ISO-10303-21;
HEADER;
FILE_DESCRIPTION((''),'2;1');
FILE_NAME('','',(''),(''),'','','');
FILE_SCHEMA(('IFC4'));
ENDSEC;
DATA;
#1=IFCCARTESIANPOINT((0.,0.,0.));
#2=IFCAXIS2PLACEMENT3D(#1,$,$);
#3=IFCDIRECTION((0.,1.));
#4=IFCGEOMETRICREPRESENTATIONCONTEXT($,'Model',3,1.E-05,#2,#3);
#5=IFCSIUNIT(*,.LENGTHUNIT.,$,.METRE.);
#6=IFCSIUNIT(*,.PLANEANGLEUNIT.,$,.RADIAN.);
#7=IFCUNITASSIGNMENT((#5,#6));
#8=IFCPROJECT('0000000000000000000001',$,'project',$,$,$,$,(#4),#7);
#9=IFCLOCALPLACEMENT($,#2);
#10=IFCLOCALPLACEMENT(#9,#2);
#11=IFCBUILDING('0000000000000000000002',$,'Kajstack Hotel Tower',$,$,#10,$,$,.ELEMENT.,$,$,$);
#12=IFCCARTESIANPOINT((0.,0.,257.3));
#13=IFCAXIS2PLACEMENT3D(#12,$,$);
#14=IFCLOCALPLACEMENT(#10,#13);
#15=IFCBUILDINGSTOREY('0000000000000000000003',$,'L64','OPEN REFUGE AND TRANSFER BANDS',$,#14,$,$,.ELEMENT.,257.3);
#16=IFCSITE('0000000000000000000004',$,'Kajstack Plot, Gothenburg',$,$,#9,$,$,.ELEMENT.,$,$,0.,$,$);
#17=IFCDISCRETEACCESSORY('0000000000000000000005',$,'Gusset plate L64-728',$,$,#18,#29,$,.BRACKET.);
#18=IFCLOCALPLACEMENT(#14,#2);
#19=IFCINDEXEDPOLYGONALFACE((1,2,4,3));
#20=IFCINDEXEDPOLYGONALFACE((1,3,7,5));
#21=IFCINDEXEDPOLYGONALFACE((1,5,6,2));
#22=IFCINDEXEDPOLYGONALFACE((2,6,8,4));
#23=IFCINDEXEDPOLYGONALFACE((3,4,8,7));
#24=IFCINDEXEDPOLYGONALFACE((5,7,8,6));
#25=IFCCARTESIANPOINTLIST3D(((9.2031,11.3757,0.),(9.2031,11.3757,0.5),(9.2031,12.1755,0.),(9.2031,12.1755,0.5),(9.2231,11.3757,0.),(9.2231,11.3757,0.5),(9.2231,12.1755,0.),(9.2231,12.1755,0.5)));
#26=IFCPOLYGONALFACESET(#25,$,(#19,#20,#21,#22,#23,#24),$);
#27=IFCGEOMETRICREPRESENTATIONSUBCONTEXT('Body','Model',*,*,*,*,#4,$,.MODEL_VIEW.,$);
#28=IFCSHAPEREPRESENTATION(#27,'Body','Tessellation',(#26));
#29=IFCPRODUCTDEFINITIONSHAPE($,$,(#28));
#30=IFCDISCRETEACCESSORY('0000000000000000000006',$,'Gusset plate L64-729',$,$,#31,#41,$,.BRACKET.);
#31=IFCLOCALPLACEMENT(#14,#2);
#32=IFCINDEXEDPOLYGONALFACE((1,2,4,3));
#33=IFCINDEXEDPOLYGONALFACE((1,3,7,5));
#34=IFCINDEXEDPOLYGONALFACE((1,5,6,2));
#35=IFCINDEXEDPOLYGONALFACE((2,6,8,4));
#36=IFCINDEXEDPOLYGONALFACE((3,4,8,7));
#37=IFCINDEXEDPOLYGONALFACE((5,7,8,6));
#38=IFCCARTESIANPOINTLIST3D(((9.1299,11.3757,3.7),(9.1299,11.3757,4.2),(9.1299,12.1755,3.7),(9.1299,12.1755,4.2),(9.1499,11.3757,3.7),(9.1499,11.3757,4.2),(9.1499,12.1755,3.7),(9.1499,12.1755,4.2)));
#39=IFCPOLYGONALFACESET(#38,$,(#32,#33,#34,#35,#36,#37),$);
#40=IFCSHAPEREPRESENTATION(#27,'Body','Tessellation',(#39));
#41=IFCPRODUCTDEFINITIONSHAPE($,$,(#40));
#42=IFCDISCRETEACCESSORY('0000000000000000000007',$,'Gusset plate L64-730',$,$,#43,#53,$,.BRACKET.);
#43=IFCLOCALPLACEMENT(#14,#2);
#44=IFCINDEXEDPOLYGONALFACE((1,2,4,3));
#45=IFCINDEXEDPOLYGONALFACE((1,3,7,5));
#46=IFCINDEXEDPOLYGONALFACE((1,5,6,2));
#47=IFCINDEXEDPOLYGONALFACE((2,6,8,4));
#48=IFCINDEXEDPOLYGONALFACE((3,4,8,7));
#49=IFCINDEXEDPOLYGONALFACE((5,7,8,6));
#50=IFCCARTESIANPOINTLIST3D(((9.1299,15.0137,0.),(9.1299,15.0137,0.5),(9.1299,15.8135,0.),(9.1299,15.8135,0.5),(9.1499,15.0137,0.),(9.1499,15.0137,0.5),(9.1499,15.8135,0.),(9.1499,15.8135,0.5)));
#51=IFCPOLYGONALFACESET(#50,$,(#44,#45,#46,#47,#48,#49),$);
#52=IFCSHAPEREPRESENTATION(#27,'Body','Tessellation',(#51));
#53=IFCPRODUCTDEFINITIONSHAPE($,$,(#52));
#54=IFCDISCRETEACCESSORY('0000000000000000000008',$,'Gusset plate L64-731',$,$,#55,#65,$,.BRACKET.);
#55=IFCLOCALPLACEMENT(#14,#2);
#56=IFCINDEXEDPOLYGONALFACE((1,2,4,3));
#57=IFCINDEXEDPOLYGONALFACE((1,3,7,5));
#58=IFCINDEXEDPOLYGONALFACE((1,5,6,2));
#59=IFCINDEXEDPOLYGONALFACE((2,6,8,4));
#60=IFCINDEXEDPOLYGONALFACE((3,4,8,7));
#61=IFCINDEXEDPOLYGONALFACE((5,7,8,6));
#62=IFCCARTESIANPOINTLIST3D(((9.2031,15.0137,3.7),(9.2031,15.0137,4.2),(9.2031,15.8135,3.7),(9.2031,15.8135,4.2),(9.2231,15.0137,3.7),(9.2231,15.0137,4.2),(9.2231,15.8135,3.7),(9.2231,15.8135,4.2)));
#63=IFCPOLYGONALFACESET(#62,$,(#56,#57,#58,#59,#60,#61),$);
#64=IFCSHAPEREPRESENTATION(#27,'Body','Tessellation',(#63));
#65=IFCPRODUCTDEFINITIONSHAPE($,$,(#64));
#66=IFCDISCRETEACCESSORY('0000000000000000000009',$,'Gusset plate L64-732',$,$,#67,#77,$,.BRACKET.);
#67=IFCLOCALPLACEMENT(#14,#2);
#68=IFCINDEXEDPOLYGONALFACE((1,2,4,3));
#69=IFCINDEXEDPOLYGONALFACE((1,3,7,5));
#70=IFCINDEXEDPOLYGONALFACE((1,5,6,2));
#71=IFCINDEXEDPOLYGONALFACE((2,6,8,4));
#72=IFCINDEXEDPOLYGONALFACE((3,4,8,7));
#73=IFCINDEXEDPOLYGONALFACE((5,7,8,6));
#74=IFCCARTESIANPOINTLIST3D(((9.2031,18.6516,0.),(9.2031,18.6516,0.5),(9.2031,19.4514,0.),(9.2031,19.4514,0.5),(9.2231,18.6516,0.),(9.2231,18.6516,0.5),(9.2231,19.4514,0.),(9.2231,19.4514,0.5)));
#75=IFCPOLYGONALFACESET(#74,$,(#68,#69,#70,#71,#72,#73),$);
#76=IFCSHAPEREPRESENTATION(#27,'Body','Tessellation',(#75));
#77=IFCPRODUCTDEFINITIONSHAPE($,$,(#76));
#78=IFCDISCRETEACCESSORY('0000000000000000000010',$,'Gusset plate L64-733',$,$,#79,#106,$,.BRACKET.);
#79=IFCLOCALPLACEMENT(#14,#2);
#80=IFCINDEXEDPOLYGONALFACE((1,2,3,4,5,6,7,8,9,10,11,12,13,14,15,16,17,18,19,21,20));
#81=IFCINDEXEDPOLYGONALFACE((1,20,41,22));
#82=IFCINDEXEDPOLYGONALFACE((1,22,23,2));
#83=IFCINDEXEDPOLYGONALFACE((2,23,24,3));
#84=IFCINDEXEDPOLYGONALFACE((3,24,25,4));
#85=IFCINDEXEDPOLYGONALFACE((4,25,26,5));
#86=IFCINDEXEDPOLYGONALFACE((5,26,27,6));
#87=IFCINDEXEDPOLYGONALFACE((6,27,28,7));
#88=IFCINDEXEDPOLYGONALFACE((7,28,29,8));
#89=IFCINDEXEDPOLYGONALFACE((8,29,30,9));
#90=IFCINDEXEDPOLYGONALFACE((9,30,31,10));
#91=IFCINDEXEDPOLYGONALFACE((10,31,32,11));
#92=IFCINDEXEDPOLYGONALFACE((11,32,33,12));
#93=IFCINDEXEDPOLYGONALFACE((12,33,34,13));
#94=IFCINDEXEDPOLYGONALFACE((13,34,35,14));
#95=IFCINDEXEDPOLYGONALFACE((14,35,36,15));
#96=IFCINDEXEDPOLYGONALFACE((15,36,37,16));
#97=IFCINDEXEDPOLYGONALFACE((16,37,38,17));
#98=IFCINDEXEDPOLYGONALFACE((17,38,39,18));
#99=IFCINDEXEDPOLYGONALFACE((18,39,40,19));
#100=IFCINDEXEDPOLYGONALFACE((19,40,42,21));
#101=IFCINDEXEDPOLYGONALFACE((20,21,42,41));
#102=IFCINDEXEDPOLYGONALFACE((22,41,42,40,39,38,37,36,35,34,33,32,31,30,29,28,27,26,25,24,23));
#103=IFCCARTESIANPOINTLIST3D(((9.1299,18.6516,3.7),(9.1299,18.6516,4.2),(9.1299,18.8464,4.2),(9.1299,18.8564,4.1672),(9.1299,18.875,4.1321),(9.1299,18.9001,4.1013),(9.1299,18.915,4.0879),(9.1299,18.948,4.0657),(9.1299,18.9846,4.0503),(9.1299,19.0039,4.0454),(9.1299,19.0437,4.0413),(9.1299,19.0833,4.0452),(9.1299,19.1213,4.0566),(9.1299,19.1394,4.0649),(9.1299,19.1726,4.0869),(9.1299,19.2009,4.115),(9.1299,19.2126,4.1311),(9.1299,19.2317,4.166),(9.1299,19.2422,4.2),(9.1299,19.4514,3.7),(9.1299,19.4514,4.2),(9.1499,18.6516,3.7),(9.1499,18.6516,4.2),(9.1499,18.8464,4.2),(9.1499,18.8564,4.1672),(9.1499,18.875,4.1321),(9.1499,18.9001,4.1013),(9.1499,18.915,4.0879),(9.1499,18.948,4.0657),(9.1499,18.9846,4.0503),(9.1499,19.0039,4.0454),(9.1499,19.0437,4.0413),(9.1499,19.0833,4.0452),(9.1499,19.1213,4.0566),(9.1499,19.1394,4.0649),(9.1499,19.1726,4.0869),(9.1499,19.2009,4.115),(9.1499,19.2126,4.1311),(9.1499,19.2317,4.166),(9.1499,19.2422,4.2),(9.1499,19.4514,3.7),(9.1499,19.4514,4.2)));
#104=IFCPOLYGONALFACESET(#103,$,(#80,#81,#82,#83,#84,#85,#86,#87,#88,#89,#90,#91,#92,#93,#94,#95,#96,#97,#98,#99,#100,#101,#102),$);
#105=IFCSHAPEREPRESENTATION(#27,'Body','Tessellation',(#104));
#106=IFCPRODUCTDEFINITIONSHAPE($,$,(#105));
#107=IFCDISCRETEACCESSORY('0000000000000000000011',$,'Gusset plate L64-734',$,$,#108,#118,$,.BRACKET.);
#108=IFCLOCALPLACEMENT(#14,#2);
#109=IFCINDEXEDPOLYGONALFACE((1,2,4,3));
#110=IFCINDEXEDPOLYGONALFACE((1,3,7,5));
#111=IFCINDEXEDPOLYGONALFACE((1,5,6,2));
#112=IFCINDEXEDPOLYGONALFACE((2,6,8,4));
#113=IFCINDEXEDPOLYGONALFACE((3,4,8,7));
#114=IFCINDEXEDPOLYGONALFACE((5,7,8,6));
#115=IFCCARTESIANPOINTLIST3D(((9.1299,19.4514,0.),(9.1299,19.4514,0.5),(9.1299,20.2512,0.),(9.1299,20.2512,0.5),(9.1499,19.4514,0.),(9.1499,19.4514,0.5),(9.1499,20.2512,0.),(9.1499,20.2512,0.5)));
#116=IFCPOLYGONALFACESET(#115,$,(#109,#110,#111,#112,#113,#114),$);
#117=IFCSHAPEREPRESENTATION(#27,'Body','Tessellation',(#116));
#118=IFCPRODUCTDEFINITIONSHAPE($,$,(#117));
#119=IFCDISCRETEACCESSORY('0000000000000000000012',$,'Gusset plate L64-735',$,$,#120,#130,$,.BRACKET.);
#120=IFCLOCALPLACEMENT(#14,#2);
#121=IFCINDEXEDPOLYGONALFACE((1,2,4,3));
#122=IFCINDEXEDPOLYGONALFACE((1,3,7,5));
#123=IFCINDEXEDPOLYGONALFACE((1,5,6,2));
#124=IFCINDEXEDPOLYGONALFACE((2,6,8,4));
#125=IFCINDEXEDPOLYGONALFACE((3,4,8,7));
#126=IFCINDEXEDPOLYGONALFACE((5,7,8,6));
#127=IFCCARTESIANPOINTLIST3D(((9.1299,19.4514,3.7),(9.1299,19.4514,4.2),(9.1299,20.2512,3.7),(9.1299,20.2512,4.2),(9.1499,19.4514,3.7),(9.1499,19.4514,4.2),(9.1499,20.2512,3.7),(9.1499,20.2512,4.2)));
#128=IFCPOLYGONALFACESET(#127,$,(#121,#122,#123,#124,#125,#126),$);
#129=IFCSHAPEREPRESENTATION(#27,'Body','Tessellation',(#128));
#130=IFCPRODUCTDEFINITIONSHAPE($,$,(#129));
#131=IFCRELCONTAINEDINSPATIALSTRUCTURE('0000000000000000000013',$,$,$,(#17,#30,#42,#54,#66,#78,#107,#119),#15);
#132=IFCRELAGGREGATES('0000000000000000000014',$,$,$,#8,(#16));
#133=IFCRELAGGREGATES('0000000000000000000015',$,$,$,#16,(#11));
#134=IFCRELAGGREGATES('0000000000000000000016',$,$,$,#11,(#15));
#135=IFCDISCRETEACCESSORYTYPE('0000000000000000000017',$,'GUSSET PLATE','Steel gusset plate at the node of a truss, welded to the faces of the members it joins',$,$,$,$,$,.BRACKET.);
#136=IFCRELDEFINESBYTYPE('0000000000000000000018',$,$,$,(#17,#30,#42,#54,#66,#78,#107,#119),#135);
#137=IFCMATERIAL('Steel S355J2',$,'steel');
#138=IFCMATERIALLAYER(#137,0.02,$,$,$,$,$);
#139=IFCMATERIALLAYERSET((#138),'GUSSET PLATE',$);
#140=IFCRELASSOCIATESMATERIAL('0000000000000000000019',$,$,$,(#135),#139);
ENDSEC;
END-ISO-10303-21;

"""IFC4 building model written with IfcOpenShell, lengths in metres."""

from ifc_helpers import new_model, si_unit, direction, frame, origin, place, context, subcontext, project, spatial, polyline, outline, extrude, material, layer, layer_set, type_object, element, save


model = new_model("IFC4")

# Units and contexts
model_context = context("Model", 3, precision=1e-05, world=origin(), true_north=direction((0.0, 1.0)))
body_context = subcontext(model_context, "Body", "Model", "MODEL_VIEW")
ifc_project = project(units=[si_unit("LENGTHUNIT", "METRE"), si_unit("PLANEANGLEUNIT", "RADIAN")], contexts=[model_context])

# Site, building, storey
site_placement = place(None, origin())
site = spatial("IfcSite", under=ifc_project, at=site_placement, Name="Kajstack Plot, Gothenburg", CompositionType="ELEMENT", RefElevation=0.0)
building_placement = place(site_placement, origin())
building = spatial("IfcBuilding", under=site, at=building_placement, Name="Kajstack Hotel Tower", CompositionType="ELEMENT")
storey_placement = place(building_placement, frame((0.0, 0.0, 257.3)))
storey = spatial("IfcBuildingStorey", under=building, at=storey_placement, Name="L64", Description="OPEN REFUGE AND TRANSFER BANDS", CompositionType="ELEMENT", Elevation=257.3)

# Shared definitions
ifc_material_1 = material(Name="Steel S355J2", Category="steel")

# Discrete accessories
ifc_layer_1 = layer(ifc_material_1, 0.02)
ifc_layer_set_1 = layer_set([ifc_layer_1], Name="GUSSET PLATE")
discrete_accessory_type = type_object("IfcDiscreteAccessoryType", Name="GUSSET PLATE", Description="Steel gusset plate at the node of a truss, welded to the faces of the members it joins", PredefinedType="BRACKET", material=ifc_layer_set_1)
for number, where, z_axis, x_axis, name in (
    (1, (9.2031, 11.7756, 0.0), (1.0, 0.0, 0.0), (0.0, 1.0, 0.0), "Gusset plate L64-728"),
    (2, (9.1299, 11.7756, 3.7), (1.0, 0.0, 0.0), (0.0, 1.0, 0.0), "Gusset plate L64-729"),
    (3, (9.1299, 15.4136, 0.0), (1.0, 0.0, 0.0), (0.0, 1.0, 0.0), "Gusset plate L64-730"),
    (4, (9.2031, 15.4136, 3.7), (1.0, 0.0, 0.0), (0.0, 1.0, 0.0), "Gusset plate L64-731"),
    (5, (9.2031, 19.0515, 0.0), (1.0, 0.0, 0.0), (0.0, 1.0, 0.0), "Gusset plate L64-732"),
):
    element("IfcDiscreteAccessory", number, at=place(storey_placement, frame(where, z_axis=z_axis, x_axis=x_axis)), inside=storey, type_object=discrete_accessory_type, Name=name, PredefinedType="BRACKET", context=body_context, shape_type="SweptSolid", body=[
        extrude(outline(polyline([(-0.3999, 0.0), (0.3999, 0.0), (0.3999, 0.5), (-0.3999, 0.5), (-0.3999, 0.0)])), origin(), (0.0, 0.0, 1.0), 0.02),
    ])
discrete_accessory_placement = place(storey_placement, frame((9.1299, 19.0515, 3.7), z_axis=(1.0, 0.0, 0.0), x_axis=(0.0, 1.0, 0.0)))
element("IfcDiscreteAccessory", 6, at=discrete_accessory_placement, inside=storey, type_object=discrete_accessory_type, Name="Gusset plate L64-733", PredefinedType="BRACKET", context=body_context, shape_type="SweptSolid", body=[
    extrude(outline(polyline([(0.3999, 0.5), (0.1907, 0.5), (0.1802, 0.4661), (0.1611, 0.4312), (0.1494, 0.415), (0.1211, 0.387), (0.0879, 0.365), (0.0698, 0.3567), (0.0317, 0.3452), (-0.0078, 0.3413), (-0.0476, 0.3455), (-0.0669, 0.3503), (-0.1035, 0.3657), (-0.1365, 0.3879), (-0.1514, 0.4014), (-0.1765, 0.4321), (-0.1951, 0.4673), (-0.2051, 0.5), (-0.3999, 0.5), (-0.3999, 0.0), (0.3999, 0.0), (0.3999, 0.5)])), origin(), (0.0, 0.0, 1.0), 0.02),
])
for number, where, z_axis, x_axis, name in (
    (7, (9.1299, 19.8513, 0.0), (1.0, 0.0, 0.0), (0.0, 1.0, 0.0), "Gusset plate L64-734"),
    (8, (9.1299, 19.8513, 3.7), (1.0, 0.0, 0.0), (0.0, 1.0, 0.0), "Gusset plate L64-735"),
):
    element("IfcDiscreteAccessory", number, at=place(storey_placement, frame(where, z_axis=z_axis, x_axis=x_axis)), inside=storey, type_object=discrete_accessory_type, Name=name, PredefinedType="BRACKET", context=body_context, shape_type="SweptSolid", body=[
        extrude(outline(polyline([(-0.3999, 0.0), (0.3999, 0.0), (0.3999, 0.5), (-0.3999, 0.5), (-0.3999, 0.0)])), origin(), (0.0, 0.0, 1.0), 0.02),
    ])

save(model, "model.ifc")
